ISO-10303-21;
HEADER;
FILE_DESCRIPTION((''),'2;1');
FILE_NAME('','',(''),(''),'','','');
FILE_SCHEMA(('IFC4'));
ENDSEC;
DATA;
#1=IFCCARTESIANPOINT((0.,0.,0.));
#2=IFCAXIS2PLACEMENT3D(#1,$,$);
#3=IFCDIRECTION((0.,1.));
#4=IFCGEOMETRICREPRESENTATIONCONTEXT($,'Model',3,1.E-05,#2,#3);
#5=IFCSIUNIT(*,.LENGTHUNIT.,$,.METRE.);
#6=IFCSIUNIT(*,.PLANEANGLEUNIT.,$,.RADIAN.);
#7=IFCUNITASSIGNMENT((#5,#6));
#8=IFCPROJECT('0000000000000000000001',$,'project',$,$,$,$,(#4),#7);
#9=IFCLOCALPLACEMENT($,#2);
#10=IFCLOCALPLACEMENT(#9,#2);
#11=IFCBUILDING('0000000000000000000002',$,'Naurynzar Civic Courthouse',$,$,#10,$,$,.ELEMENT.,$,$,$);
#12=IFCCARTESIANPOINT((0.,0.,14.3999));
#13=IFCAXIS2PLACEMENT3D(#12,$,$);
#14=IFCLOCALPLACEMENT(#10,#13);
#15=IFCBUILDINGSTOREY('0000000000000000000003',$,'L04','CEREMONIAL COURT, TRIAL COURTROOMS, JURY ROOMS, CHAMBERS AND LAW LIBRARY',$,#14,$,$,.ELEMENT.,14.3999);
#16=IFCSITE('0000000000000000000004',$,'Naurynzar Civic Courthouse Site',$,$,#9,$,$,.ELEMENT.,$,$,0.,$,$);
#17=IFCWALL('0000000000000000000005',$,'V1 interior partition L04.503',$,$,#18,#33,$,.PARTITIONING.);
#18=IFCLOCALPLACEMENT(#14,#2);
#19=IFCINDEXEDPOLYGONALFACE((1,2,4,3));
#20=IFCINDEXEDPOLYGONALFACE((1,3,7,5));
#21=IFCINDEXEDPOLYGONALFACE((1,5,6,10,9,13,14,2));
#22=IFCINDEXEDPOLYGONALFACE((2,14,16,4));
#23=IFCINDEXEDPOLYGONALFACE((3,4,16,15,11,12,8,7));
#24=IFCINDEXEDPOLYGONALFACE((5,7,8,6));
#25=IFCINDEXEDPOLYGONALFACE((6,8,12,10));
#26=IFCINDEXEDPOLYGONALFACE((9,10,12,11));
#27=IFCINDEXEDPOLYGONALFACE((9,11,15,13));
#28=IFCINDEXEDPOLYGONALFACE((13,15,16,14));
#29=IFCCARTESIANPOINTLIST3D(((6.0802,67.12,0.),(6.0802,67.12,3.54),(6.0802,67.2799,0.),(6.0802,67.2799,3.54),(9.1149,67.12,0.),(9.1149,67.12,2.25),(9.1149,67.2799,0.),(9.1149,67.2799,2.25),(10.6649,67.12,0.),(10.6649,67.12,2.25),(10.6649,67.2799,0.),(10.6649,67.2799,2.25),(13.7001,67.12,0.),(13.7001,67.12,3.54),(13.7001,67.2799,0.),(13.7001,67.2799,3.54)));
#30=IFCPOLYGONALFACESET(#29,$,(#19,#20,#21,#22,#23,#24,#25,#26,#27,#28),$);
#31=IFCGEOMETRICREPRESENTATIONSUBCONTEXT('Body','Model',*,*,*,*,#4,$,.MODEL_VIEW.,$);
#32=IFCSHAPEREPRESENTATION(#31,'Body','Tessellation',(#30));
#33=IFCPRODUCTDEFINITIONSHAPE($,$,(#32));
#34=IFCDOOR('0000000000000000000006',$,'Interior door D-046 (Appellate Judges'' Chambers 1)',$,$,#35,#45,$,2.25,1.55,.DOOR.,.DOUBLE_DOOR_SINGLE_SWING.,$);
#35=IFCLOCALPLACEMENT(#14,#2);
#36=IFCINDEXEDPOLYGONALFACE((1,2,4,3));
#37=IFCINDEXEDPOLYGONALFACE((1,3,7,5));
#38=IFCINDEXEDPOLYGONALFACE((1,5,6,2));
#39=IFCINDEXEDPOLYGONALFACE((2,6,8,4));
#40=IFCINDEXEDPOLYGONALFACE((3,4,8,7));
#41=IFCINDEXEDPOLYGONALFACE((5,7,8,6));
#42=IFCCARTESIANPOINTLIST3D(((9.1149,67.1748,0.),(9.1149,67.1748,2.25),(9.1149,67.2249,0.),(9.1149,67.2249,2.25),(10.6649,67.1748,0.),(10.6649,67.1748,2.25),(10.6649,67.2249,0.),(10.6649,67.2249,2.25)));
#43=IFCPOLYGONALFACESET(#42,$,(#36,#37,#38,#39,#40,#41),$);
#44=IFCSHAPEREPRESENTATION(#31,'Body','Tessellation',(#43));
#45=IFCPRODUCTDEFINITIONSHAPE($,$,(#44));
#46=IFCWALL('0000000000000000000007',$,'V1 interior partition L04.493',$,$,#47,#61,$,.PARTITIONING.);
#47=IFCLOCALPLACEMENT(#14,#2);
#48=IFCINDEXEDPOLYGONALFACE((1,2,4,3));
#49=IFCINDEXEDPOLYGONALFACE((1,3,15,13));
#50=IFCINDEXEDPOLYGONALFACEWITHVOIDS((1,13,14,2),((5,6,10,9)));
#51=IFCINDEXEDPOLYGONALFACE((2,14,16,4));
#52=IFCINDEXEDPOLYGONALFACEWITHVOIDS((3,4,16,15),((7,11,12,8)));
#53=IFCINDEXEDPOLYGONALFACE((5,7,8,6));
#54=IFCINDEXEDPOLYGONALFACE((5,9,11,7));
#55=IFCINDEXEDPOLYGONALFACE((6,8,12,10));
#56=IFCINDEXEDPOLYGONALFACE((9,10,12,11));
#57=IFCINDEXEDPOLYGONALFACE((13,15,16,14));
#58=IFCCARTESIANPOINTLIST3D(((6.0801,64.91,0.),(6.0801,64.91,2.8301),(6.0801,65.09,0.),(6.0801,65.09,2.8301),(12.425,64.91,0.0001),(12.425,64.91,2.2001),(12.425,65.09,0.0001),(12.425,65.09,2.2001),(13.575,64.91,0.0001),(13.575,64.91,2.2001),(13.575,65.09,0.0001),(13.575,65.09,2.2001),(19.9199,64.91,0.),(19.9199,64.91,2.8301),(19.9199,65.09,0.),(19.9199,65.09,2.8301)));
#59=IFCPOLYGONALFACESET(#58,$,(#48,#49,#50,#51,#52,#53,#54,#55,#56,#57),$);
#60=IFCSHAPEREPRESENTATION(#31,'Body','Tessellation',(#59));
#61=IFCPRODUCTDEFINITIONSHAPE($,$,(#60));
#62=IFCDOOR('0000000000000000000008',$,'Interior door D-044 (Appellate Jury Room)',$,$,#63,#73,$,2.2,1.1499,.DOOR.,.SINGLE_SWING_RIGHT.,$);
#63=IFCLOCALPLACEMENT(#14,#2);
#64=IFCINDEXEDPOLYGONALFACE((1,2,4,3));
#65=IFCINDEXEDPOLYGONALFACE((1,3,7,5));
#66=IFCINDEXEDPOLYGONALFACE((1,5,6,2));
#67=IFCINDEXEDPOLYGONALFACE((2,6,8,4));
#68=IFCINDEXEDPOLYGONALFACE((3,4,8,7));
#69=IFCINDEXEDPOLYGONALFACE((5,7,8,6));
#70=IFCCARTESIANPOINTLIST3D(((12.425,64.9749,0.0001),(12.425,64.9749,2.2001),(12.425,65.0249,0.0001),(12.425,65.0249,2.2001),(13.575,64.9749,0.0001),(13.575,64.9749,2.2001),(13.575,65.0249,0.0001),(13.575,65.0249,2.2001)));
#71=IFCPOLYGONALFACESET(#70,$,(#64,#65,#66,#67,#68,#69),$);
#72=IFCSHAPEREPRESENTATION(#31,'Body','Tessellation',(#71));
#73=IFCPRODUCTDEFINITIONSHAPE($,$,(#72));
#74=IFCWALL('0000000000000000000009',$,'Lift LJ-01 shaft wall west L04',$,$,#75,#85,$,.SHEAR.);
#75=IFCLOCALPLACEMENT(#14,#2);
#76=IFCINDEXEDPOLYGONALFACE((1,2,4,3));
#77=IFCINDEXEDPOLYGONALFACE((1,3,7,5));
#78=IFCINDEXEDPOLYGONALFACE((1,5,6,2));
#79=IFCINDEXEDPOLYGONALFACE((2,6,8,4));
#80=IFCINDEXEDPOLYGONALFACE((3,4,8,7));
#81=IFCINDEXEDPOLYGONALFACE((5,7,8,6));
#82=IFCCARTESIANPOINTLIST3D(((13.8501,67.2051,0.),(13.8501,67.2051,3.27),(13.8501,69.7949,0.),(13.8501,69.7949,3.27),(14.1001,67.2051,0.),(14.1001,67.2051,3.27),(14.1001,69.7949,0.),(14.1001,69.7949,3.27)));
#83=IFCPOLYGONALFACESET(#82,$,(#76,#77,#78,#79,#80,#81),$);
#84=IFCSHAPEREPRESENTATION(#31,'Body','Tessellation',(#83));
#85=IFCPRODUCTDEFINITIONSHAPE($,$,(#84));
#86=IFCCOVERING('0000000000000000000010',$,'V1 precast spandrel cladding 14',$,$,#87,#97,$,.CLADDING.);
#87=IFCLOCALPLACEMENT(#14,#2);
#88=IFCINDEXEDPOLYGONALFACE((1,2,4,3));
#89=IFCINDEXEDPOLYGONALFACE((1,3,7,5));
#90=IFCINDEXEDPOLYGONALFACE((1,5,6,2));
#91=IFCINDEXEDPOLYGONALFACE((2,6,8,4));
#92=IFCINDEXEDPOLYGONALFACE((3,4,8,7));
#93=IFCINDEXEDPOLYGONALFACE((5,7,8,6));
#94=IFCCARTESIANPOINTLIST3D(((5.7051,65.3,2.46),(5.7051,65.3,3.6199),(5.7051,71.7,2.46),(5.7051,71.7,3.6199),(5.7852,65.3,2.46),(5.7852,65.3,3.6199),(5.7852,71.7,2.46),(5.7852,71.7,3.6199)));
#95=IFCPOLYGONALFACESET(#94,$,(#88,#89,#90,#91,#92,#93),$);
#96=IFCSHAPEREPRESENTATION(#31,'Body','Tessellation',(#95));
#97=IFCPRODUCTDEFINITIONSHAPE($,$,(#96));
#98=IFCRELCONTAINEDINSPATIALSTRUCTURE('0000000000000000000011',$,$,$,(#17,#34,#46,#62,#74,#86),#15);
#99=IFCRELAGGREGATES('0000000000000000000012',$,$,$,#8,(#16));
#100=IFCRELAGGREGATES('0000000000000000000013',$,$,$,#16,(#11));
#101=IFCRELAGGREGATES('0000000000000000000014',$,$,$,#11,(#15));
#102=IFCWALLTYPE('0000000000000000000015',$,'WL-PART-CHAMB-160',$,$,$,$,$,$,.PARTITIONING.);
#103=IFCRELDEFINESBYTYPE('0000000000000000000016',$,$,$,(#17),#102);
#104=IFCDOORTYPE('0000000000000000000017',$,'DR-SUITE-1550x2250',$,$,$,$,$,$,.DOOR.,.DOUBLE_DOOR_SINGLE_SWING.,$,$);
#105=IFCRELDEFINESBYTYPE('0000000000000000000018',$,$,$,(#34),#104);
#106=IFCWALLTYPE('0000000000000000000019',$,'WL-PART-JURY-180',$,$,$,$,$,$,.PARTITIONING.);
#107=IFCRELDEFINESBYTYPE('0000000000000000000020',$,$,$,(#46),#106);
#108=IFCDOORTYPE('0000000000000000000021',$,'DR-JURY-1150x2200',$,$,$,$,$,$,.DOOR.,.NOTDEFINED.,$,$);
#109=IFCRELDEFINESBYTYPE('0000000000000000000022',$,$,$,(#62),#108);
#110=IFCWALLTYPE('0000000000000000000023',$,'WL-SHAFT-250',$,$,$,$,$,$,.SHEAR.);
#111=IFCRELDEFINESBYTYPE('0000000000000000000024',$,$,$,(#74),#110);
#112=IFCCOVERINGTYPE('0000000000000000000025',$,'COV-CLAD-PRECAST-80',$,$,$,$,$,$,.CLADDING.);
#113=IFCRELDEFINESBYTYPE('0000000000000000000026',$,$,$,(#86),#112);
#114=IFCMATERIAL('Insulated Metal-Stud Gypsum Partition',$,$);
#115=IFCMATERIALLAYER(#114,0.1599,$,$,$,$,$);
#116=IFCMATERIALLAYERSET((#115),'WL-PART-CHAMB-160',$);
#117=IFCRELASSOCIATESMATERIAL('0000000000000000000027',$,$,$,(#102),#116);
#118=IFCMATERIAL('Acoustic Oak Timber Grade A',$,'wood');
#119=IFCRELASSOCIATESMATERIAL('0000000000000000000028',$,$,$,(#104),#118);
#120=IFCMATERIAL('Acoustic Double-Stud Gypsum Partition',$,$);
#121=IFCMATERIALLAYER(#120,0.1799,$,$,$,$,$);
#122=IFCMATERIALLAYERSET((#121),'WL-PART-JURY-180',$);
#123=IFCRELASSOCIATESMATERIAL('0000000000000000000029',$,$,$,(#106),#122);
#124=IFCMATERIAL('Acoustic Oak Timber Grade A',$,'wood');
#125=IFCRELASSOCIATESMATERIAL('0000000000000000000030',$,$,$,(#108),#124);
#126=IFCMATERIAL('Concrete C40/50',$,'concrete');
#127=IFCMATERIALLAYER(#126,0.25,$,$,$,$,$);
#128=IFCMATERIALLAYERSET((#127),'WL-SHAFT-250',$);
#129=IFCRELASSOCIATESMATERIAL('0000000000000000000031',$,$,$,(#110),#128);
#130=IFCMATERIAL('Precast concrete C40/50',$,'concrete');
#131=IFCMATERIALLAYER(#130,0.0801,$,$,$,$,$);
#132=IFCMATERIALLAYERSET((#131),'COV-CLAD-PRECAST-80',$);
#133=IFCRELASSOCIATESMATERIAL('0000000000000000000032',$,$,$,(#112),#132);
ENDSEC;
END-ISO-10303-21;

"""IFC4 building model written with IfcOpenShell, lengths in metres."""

from ifc_helpers import new_model, si_unit, direction, frame, frame_2d, origin, origin_2d, place, context, subcontext, project, spatial, rectangle, extrude, material, layer, layer_set, type_object, element, fill, save


model = new_model("IFC4")

# Units and contexts
model_context = context("Model", 3, precision=1e-05, world=origin(), true_north=direction((0.0, 1.0)))
body_context = subcontext(model_context, "Body", "Model", "MODEL_VIEW")
ifc_project = project(units=[si_unit("LENGTHUNIT", "METRE"), si_unit("PLANEANGLEUNIT", "RADIAN")], contexts=[model_context])

# Site, building, storey
site_placement = place(None, origin())
site = spatial("IfcSite", under=ifc_project, at=site_placement, Name="Naurynzar Civic Courthouse Site", CompositionType="ELEMENT", RefElevation=0.0)
building_placement = place(site_placement, origin())
building = spatial("IfcBuilding", under=site, at=building_placement, Name="Naurynzar Civic Courthouse", CompositionType="ELEMENT")
storey_placement = place(building_placement, frame((0.0, 0.0, 14.3999)))
storey = spatial("IfcBuildingStorey", under=building, at=storey_placement, Name="L04", Description="CEREMONIAL COURT, TRIAL COURTROOMS, JURY ROOMS, CHAMBERS AND LAW LIBRARY", CompositionType="ELEMENT", Elevation=14.3999)

# Walls, openings, doors
ifc_material_1 = material(Name="Insulated Metal-Stud Gypsum Partition")
ifc_layer_1 = layer(ifc_material_1, 0.1599)
ifc_layer_set_1 = layer_set([ifc_layer_1], Name="WL-PART-CHAMB-160")
wall_type_1 = type_object("IfcWallType", Name="WL-PART-CHAMB-160", PredefinedType="PARTITIONING", material=ifc_layer_set_1)
wall_1_placement = place(storey_placement, frame((6.0801, 67.2, 0.0), z_axis=(0.0, 0.0, 1.0), x_axis=(1.0, 0.0, 0.0)))
wall_1 = element("IfcWall", 1, at=wall_1_placement, inside=storey, type_object=wall_type_1, Name="V1 interior partition L04.503", PredefinedType="PARTITIONING", context=body_context, shape_type="SweptSolid", body=[
    extrude(rectangle(XDim=7.6199, YDim=0.1599, at=frame_2d((3.8101, 0.0))), origin(), (0.0, 0.0, 1.0), 3.54),
])
opening_1_placement = place(wall_1_placement, frame((3.0349, 0.0, 0.0)))
opening_1 = element("IfcOpeningElement", 2, at=opening_1_placement, cuts=wall_1, PredefinedType="OPENING", context=body_context, shape_type="SweptSolid", body=[
    extrude(rectangle(XDim=1.55, YDim=2.25, at=frame_2d((0.7749, 1.125))), frame((0.0, 0.0898, 0.0), z_axis=(0.0, -1.0, 0.0), x_axis=(1.0, 0.0, 0.0)), (0.0, 0.0, 1.0), 0.1799),
])
ifc_material_2 = material(Name="Acoustic Oak Timber Grade A", Category="wood")
door_type_1 = type_object("IfcDoorType", Name="DR-SUITE-1550x2250", OperationType="DOUBLE_DOOR_SINGLE_SWING", PredefinedType="DOOR", material=ifc_material_2)
door_1_placement = place(opening_1_placement, origin())
door_1 = element("IfcDoor", 3, at=door_1_placement, inside=storey, type_object=door_type_1, Name="Interior door D-046 (Appellate Judges' Chambers 1)", OperationType="DOUBLE_DOOR_SINGLE_SWING", OverallHeight=2.25, OverallWidth=1.55, PredefinedType="DOOR", context=body_context, shape_type="SweptSolid", body=[
    extrude(rectangle(XDim=1.55, YDim=2.25, at=frame_2d((0.7749, 1.125))), frame((0.0, 0.0249, 0.0), z_axis=(0.0, -1.0, 0.0), x_axis=(1.0, 0.0, 0.0)), (0.0, 0.0, 1.0), 0.05),
])
fill(opening_1, door_1)
ifc_material_3 = material(Name="Acoustic Double-Stud Gypsum Partition")
ifc_layer_2 = layer(ifc_material_3, 0.1799)
ifc_layer_set_2 = layer_set([ifc_layer_2], Name="WL-PART-JURY-180")
wall_type_2 = type_object("IfcWallType", Name="WL-PART-JURY-180", PredefinedType="PARTITIONING", material=ifc_layer_set_2)
wall_2_placement = place(storey_placement, frame((6.0801, 65.0, 0.0), z_axis=(0.0, 0.0, 1.0), x_axis=(1.0, 0.0, 0.0)))
wall_2 = element("IfcWall", 4, at=wall_2_placement, inside=storey, type_object=wall_type_2, Name="V1 interior partition L04.493", PredefinedType="PARTITIONING", context=body_context, shape_type="SweptSolid", body=[
    extrude(rectangle(XDim=13.8398, YDim=0.1799, at=frame_2d((6.9199, 0.0))), origin(), (0.0, 0.0, 1.0), 2.8301),
])
opening_2_placement = place(wall_2_placement, frame((6.345, 0.0, 0.0)))
opening_2 = element("IfcOpeningElement", 5, at=opening_2_placement, cuts=wall_2, PredefinedType="OPENING", context=body_context, shape_type="SweptSolid", body=[
    extrude(rectangle(XDim=1.1499, YDim=2.2, at=frame_2d((0.575, 1.1001))), frame((0.0, 0.0999, 0.0), z_axis=(0.0, -1.0, 0.0), x_axis=(1.0, 0.0, 0.0)), (0.0, 0.0, 1.0), 0.2),
])
ifc_material_4 = material(Name="Acoustic Oak Timber Grade A", Category="wood")
door_type_2 = type_object("IfcDoorType", Name="DR-JURY-1150x2200", OperationType="NOTDEFINED", PredefinedType="DOOR", material=ifc_material_4)
door_2_placement = place(opening_2_placement, origin())
door_2 = element("IfcDoor", 6, at=door_2_placement, inside=storey, type_object=door_type_2, Name="Interior door D-044 (Appellate Jury Room)", OperationType="SINGLE_SWING_RIGHT", OverallHeight=2.2, OverallWidth=1.1499, PredefinedType="DOOR", context=body_context, shape_type="SweptSolid", body=[
    extrude(rectangle(XDim=1.1499, YDim=2.2, at=frame_2d((0.575, 1.1001))), frame((0.0, 0.0249, 0.0), z_axis=(0.0, -1.0, 0.0), x_axis=(1.0, 0.0, 0.0)), (0.0, 0.0, 1.0), 0.05),
])
fill(opening_2, door_2)
ifc_material_5 = material(Name="Concrete C40/50", Category="concrete")
ifc_layer_3 = layer(ifc_material_5, 0.25)
ifc_layer_set_3 = layer_set([ifc_layer_3], Name="WL-SHAFT-250")
wall_type_3 = type_object("IfcWallType", Name="WL-SHAFT-250", PredefinedType="SHEAR", material=ifc_layer_set_3)

# Wall
wall_3_placement = place(storey_placement, frame((13.9751, 69.7949, 0.0), z_axis=(0.0, 0.0, 1.0), x_axis=(0.0, -1.0, 0.0)))
element("IfcWall", 7, at=wall_3_placement, inside=storey, type_object=wall_type_3, Name="Lift LJ-01 shaft wall west L04", PredefinedType="SHEAR", context=body_context, shape_type="SweptSolid", body=[
    extrude(rectangle(XDim=2.5898, YDim=0.25, at=frame_2d((1.2949, 0.0))), origin(), (0.0, 0.0, 1.0), 3.27),
])

# Covering
ifc_material_6 = material(Name="Precast concrete C40/50", Category="concrete")
ifc_layer_4 = layer(ifc_material_6, 0.0801)
ifc_layer_set_4 = layer_set([ifc_layer_4], Name="COV-CLAD-PRECAST-80")
covering_type = type_object("IfcCoveringType", Name="COV-CLAD-PRECAST-80", PredefinedType="CLADDING", material=ifc_layer_set_4)
covering_placement = place(storey_placement, frame((5.7451, 68.5, 2.46), z_axis=(0.0, 0.0, 1.0), x_axis=(0.0, 1.0, 0.0)))
element("IfcCovering", 8, at=covering_placement, inside=storey, type_object=covering_type, Name="V1 precast spandrel cladding 14", PredefinedType="CLADDING", context=body_context, shape_type="SweptSolid", body=[
    extrude(rectangle(XDim=6.3999, YDim=0.0801, at=origin_2d()), origin(), (0.0, 0.0, 1.0), 1.1599),
])

save(model, "model.ifc")
